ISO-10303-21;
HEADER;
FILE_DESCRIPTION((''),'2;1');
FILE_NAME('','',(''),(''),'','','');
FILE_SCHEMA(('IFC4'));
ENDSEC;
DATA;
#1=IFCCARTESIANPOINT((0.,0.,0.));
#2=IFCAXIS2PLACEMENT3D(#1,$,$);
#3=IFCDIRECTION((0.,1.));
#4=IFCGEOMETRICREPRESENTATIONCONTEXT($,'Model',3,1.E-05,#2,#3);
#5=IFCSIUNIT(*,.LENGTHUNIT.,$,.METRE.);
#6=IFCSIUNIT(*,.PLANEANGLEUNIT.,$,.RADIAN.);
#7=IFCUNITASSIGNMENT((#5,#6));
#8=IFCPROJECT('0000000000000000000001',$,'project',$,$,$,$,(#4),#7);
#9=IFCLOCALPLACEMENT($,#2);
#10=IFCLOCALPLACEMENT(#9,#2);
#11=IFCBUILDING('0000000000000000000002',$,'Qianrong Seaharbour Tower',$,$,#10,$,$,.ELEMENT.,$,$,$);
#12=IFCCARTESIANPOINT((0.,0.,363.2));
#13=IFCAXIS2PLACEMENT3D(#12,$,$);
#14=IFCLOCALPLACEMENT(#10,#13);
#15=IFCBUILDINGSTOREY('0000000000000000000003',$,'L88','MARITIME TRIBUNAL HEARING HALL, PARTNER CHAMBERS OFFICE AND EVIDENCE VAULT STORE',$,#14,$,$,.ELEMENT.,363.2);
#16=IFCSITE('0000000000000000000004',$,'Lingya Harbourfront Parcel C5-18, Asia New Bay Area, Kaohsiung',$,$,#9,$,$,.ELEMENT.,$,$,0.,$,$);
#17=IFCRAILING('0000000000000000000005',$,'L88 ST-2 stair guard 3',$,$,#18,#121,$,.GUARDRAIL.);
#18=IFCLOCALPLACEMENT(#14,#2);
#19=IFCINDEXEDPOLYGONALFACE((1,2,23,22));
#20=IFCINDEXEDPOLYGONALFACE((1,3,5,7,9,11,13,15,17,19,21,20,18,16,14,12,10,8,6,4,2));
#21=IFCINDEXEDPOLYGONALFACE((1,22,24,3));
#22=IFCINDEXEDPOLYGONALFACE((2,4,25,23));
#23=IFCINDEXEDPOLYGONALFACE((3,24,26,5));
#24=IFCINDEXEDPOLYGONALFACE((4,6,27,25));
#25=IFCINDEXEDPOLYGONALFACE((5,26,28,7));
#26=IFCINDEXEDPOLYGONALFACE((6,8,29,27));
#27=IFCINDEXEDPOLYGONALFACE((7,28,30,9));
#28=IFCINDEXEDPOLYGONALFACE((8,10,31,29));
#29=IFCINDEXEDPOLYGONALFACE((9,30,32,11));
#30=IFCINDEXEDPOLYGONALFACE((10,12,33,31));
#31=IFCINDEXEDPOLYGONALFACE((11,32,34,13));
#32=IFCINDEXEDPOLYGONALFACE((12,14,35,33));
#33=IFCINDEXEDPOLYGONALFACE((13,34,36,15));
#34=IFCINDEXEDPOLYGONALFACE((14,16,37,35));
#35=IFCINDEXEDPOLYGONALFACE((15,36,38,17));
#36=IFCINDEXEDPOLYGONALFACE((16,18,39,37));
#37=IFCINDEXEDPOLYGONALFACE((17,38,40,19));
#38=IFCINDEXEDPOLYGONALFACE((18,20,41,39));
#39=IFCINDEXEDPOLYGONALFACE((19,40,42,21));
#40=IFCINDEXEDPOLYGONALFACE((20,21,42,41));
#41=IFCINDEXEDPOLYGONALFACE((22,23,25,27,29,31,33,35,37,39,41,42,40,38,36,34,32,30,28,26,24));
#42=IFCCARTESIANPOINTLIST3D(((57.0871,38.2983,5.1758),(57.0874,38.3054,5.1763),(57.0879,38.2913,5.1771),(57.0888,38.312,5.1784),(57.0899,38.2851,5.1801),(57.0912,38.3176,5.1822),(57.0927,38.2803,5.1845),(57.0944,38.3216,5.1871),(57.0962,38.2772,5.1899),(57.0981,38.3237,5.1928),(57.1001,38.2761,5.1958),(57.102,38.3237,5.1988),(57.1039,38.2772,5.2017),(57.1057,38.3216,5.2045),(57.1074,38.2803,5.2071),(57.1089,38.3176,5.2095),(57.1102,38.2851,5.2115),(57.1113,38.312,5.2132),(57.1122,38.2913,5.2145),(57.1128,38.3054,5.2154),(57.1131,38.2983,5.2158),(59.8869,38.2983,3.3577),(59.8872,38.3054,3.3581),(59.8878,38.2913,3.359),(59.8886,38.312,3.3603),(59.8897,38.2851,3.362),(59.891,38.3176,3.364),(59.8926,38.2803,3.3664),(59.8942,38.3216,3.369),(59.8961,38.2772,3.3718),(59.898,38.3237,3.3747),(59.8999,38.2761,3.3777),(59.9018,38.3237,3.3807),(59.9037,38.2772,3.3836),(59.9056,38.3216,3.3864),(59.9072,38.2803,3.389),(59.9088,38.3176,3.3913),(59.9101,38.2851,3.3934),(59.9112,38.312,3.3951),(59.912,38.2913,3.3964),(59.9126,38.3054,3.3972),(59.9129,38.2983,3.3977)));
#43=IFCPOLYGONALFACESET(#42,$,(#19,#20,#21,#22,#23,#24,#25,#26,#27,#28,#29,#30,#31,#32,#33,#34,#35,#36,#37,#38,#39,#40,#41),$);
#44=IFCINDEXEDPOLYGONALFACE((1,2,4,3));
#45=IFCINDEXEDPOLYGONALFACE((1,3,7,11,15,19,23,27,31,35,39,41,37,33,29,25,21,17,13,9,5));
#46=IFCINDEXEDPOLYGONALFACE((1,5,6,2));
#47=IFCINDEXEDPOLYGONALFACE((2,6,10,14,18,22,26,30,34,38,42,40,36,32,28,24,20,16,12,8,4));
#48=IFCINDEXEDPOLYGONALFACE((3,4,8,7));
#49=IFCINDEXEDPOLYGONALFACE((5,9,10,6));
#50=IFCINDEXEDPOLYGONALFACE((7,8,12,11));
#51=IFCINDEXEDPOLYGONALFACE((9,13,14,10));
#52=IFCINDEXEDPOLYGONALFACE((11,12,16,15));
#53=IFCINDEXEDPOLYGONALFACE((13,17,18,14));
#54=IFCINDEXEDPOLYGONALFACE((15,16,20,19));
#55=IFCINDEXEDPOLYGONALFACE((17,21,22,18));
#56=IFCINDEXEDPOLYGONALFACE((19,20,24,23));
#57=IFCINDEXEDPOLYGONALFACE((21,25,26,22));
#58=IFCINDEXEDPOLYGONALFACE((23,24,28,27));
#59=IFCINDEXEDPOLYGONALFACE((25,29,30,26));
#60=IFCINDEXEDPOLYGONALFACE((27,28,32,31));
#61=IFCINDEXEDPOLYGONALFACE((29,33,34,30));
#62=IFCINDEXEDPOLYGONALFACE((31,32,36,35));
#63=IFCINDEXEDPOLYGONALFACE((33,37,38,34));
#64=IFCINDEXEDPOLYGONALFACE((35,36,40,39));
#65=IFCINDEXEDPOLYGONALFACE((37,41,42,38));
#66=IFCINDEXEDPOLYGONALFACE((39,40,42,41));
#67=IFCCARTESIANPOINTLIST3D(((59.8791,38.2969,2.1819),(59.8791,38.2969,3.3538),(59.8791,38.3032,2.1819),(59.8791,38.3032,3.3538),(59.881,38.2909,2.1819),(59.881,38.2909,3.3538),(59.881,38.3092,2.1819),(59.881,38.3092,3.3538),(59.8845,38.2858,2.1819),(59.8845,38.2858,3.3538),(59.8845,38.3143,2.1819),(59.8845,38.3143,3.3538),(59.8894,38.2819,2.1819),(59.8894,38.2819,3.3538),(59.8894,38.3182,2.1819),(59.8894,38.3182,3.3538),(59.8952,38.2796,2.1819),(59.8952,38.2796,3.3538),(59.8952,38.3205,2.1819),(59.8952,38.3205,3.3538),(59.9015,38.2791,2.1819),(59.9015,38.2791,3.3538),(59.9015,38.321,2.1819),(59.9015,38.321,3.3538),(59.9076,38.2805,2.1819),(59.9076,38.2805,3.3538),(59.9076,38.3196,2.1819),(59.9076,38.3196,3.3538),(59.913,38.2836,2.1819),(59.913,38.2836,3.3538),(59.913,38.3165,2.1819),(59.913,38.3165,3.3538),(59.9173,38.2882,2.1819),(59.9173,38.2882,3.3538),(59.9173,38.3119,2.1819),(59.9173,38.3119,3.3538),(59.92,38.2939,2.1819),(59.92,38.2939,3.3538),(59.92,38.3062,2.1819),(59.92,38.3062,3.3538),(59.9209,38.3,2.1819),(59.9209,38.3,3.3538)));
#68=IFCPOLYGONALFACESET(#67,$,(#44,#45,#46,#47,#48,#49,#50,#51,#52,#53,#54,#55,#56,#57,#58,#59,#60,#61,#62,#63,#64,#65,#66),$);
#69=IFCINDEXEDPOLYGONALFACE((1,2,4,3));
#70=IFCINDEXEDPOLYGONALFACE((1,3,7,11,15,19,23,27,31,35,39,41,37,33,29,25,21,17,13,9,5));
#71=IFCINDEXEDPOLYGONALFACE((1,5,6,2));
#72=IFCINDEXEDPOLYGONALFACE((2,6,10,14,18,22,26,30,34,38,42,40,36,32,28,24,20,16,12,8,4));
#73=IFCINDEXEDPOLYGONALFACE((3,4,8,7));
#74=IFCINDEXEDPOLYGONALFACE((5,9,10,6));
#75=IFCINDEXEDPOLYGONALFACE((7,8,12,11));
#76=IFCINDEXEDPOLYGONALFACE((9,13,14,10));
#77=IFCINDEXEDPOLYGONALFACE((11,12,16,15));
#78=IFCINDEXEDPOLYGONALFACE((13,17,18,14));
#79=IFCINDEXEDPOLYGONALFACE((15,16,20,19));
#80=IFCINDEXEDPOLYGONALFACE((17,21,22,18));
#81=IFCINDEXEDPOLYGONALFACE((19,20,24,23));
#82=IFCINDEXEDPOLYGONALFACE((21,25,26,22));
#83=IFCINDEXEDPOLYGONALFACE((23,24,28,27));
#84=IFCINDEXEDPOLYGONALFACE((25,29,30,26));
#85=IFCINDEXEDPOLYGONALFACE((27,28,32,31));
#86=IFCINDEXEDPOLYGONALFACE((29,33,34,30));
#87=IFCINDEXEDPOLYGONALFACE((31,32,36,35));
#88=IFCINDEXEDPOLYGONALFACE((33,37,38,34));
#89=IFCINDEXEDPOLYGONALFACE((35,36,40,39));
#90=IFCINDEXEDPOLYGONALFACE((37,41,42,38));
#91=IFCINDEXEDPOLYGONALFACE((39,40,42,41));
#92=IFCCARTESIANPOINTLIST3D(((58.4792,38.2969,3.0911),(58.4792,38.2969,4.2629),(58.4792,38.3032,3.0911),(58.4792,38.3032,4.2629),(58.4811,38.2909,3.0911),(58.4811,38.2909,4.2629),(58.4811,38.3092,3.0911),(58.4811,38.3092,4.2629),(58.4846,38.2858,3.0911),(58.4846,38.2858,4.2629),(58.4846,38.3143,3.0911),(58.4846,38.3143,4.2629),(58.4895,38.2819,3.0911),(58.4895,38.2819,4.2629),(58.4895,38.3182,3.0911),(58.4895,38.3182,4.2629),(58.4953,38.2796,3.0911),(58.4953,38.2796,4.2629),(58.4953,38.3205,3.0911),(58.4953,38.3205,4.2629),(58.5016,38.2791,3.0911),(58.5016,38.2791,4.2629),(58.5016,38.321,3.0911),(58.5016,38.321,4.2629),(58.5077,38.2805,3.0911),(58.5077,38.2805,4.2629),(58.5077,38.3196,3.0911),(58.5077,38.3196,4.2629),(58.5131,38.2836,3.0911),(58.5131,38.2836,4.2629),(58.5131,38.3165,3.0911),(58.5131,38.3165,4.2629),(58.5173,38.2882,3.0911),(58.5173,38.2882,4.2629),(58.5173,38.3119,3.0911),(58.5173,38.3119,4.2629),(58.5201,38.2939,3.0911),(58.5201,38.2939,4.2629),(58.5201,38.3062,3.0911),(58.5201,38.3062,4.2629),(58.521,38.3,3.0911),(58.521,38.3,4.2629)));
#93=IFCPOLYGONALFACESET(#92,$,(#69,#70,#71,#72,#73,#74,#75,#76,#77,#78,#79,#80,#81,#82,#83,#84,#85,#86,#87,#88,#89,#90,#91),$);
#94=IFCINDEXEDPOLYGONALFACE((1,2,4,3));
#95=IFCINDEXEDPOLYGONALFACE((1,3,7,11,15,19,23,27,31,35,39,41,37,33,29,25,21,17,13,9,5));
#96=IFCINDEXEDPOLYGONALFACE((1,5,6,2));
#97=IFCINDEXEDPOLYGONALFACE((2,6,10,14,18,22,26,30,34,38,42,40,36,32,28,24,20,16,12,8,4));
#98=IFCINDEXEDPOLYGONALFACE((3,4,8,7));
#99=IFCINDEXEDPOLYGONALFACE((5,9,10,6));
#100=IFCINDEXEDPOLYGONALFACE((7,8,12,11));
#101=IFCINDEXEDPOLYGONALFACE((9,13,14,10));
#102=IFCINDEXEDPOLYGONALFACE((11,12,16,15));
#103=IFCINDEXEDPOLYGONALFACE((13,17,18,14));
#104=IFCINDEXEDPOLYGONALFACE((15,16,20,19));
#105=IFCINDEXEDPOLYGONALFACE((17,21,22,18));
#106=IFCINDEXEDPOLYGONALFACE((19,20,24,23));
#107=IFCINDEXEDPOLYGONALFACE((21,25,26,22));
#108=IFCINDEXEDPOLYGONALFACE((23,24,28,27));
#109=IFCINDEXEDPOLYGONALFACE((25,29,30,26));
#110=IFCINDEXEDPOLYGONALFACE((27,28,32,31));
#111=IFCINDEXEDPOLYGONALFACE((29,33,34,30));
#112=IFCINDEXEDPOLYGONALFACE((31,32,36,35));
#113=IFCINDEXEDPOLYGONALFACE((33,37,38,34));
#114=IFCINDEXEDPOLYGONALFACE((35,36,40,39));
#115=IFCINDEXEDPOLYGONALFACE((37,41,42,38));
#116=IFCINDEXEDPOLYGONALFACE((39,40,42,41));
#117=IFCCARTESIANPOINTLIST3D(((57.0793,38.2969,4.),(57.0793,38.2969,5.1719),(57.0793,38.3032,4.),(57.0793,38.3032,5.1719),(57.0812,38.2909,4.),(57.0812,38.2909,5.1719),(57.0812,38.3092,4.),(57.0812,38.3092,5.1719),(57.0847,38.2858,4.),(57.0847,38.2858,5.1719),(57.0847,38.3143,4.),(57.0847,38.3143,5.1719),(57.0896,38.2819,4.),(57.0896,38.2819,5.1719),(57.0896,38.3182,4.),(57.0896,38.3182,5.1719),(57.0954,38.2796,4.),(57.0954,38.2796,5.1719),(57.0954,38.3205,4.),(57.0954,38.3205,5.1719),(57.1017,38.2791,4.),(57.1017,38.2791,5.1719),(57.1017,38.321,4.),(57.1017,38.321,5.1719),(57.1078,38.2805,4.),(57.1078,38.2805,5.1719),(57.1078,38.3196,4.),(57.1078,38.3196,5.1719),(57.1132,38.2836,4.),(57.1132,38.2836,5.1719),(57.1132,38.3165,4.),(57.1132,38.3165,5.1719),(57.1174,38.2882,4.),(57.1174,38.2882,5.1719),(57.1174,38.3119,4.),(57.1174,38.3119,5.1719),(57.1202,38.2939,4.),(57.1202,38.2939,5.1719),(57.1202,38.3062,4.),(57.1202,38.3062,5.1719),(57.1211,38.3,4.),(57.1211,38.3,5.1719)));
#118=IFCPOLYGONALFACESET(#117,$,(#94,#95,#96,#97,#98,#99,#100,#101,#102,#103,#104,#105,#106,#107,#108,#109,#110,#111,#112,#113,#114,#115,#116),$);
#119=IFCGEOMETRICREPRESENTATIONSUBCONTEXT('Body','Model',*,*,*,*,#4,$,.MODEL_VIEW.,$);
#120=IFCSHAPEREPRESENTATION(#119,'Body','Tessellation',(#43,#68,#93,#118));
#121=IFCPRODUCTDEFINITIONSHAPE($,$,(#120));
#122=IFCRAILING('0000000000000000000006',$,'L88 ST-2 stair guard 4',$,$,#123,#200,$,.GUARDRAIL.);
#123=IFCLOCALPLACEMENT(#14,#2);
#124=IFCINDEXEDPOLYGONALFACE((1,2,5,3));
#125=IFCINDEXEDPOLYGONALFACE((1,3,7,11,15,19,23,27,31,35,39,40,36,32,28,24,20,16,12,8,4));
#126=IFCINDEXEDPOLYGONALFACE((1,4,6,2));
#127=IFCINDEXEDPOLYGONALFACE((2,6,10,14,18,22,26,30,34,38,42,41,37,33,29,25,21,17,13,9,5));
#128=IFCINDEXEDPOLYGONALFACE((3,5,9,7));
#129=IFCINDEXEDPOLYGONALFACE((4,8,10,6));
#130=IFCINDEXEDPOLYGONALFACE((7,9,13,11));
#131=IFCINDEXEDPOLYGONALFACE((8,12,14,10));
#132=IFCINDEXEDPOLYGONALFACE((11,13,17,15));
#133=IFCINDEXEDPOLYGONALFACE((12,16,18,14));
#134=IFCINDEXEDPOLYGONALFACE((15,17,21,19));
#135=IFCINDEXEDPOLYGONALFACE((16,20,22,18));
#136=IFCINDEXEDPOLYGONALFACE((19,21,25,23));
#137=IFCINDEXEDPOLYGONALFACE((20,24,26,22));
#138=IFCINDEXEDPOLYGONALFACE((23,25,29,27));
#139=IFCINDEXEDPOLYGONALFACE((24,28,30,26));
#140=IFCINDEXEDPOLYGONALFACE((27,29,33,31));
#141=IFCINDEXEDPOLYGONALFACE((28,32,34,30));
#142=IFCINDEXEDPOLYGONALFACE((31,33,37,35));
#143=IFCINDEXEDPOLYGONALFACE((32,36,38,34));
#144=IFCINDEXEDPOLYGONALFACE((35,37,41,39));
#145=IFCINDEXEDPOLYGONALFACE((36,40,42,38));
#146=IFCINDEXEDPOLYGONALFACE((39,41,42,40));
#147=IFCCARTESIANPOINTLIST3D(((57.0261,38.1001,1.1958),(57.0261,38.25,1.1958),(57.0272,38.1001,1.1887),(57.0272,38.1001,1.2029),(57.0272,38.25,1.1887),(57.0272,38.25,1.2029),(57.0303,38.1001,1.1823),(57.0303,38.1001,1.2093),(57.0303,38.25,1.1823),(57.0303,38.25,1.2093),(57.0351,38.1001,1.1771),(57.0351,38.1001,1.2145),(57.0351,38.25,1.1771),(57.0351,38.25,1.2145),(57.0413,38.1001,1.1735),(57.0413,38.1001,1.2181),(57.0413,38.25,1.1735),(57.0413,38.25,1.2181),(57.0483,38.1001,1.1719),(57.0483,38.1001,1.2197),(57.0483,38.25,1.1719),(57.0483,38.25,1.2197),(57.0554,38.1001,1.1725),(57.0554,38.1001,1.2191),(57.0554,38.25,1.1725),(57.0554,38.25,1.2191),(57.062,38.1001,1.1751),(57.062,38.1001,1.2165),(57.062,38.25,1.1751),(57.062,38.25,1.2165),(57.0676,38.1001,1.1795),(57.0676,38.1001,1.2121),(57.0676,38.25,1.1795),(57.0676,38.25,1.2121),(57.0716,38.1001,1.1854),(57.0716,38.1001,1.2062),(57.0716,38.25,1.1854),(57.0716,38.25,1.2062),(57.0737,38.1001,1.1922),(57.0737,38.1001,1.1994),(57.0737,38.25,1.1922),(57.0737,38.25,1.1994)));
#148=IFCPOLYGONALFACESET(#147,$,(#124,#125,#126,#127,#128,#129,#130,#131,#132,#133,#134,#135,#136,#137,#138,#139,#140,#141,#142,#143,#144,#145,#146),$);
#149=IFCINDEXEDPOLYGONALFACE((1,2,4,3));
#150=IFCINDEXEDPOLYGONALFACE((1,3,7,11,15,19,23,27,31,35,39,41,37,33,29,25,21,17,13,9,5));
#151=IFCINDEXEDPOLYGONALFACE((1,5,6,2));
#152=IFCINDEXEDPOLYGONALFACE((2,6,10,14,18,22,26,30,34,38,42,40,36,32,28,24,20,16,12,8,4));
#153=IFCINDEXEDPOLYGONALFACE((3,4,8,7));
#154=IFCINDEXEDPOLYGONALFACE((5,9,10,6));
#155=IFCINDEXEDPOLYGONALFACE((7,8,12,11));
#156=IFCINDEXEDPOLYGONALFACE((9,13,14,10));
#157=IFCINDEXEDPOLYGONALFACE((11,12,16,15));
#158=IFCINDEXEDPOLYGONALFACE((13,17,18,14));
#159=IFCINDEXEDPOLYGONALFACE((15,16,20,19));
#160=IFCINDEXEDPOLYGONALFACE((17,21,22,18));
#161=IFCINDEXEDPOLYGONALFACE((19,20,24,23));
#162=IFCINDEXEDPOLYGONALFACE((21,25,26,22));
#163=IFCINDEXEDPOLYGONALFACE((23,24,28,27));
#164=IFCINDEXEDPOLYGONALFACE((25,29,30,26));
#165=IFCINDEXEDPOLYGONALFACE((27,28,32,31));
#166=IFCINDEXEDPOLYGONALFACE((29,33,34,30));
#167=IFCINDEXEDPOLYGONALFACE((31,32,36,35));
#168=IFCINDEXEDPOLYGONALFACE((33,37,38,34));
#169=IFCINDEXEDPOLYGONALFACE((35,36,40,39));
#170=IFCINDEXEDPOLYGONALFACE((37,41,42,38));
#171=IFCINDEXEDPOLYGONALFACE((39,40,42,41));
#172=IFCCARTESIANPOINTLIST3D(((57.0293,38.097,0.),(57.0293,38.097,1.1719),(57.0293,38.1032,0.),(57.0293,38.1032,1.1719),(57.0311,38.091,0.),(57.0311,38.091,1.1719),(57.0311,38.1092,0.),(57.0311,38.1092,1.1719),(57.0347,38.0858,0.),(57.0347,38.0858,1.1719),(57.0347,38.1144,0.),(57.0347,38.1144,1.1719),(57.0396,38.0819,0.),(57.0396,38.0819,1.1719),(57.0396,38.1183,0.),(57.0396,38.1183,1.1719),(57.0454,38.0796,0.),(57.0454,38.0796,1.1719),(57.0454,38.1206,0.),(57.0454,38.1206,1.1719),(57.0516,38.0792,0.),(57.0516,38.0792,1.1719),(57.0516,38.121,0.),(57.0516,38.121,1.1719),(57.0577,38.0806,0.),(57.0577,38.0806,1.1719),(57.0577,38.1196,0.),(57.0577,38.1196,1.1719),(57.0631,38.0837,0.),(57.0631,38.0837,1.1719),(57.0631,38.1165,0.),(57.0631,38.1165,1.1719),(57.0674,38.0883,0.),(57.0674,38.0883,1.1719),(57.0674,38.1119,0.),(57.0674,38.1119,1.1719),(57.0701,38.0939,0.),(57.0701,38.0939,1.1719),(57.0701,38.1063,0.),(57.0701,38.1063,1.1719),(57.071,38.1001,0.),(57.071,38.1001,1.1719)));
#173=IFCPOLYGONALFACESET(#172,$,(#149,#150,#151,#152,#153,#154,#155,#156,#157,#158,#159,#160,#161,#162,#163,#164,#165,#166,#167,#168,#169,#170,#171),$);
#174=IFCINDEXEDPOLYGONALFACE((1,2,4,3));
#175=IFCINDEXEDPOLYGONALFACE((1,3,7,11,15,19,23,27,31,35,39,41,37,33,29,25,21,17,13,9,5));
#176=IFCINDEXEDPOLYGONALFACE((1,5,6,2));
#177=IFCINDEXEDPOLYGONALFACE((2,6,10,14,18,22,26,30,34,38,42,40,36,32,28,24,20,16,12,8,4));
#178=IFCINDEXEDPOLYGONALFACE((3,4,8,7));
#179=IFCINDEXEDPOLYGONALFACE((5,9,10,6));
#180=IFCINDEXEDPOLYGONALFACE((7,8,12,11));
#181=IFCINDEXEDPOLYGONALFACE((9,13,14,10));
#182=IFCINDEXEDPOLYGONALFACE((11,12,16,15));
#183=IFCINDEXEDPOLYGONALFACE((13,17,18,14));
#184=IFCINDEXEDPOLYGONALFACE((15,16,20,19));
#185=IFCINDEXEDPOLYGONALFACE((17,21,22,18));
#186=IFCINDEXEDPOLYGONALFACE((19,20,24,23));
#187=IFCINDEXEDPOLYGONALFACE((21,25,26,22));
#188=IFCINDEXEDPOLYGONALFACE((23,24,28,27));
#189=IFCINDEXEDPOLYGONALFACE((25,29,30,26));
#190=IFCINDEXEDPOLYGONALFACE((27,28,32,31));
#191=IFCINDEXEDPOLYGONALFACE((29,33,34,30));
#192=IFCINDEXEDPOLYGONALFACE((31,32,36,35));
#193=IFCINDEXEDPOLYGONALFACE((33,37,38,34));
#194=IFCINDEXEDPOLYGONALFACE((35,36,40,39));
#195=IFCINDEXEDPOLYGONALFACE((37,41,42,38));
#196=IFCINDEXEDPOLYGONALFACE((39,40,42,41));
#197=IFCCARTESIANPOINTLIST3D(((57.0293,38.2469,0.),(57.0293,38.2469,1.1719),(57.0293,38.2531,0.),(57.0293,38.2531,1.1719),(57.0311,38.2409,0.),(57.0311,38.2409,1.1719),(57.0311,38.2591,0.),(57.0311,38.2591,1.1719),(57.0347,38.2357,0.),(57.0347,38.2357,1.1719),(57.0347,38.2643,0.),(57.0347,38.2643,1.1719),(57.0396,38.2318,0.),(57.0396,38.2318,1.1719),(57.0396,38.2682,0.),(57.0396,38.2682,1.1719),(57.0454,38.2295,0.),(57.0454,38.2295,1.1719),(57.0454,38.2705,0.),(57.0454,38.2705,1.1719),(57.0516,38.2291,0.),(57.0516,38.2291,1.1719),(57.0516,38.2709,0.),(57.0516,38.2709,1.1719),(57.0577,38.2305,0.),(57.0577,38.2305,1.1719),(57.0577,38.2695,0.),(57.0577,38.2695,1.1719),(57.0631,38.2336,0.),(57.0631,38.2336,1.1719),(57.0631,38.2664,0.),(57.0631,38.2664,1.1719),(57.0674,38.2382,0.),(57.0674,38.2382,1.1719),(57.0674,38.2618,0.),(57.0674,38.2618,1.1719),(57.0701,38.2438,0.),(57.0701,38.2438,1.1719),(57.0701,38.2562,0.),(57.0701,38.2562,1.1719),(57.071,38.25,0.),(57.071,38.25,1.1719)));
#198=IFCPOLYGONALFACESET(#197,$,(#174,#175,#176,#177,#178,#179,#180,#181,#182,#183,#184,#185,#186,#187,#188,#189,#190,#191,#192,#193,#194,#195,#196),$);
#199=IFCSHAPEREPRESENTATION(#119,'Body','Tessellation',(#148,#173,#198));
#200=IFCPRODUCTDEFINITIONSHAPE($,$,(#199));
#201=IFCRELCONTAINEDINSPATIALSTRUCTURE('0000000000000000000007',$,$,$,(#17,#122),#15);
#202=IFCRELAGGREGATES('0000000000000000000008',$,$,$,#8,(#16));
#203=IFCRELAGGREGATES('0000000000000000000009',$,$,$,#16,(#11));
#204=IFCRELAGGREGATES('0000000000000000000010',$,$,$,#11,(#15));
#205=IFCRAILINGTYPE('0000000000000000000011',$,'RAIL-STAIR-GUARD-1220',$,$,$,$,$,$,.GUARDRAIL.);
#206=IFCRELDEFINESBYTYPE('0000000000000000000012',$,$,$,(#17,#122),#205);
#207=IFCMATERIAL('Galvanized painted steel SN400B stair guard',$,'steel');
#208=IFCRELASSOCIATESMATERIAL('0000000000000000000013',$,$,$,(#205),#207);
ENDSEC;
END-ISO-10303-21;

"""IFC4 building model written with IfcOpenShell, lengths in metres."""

from ifc_helpers import new_model, si_unit, direction, frame, origin, origin_2d, place, context, subcontext, project, spatial, circle, extrude, material, type_object, element, save


model = new_model("IFC4")

# Units and contexts
model_context = context("Model", 3, precision=1e-05, world=origin(), true_north=direction((0.0, 1.0)))
body_context = subcontext(model_context, "Body", "Model", "MODEL_VIEW")
ifc_project = project(units=[si_unit("LENGTHUNIT", "METRE"), si_unit("PLANEANGLEUNIT", "RADIAN")], contexts=[model_context])

# Site, building, storey
site_placement = place(None, origin())
site = spatial("IfcSite", under=ifc_project, at=site_placement, Name="Lingya Harbourfront Parcel C5-18, Asia New Bay Area, Kaohsiung", CompositionType="ELEMENT", RefElevation=0.0)
building_placement = place(site_placement, origin())
building = spatial("IfcBuilding", under=site, at=building_placement, Name="Qianrong Seaharbour Tower", CompositionType="ELEMENT")
storey_placement = place(building_placement, frame((0.0, 0.0, 363.2)))
storey = spatial("IfcBuildingStorey", under=building, at=storey_placement, Name="L88", Description="MARITIME TRIBUNAL HEARING HALL, PARTNER CHAMBERS OFFICE AND EVIDENCE VAULT STORE", CompositionType="ELEMENT", Elevation=363.2)

# Railings
ifc_material_1 = material(Name="Galvanized painted steel SN400B stair guard", Category="steel")
railing_type_1 = type_object("IfcRailingType", Name="RAIL-STAIR-GUARD-1220", PredefinedType="GUARDRAIL", material=ifc_material_1)
railing_1_placement = place(storey_placement, frame((59.8999, 38.3, 2.1819)))
element("IfcRailing", 1, at=railing_1_placement, inside=storey, type_object=railing_type_1, Name="L88 ST-2 stair guard 3", PredefinedType="GUARDRAIL", context=body_context, shape_type="SweptSolid", body=[
    extrude(circle(Radius=0.0239, at=origin_2d()), frame((0.0, 0.0, 1.1958), z_axis=(-0.838684, 0.0, 0.544618), x_axis=(0.0, -1.0, 0.0)), (0.0, 0.0, 1.0), 3.3384),
    extrude(circle(Radius=0.021, at=origin_2d()), origin(), (0.0, 0.0, 1.0), 1.1719),
    extrude(circle(Radius=0.021, at=origin_2d()), frame((-1.3999, 0.0, 0.9092)), (0.0, 0.0, 1.0), 1.1719),
    extrude(circle(Radius=0.021, at=origin_2d()), frame((-2.7998, 0.0, 1.8181)), (0.0, 0.0, 1.0), 1.1719),
])
railing_2_placement = place(storey_placement, frame((57.05, 38.1001, 0.0)))
element("IfcRailing", 2, at=railing_2_placement, inside=storey, type_object=railing_type_1, Name="L88 ST-2 stair guard 4", PredefinedType="GUARDRAIL", context=body_context, shape_type="SweptSolid", body=[
    extrude(circle(Radius=0.0239, at=origin_2d()), frame((0.0, 0.0, 1.1958), z_axis=(0.0, 1.0, 0.0), x_axis=(-1.0, 0.0, 0.0)), (0.0, 0.0, 1.0), 0.1499),
    extrude(circle(Radius=0.021, at=origin_2d()), origin(), (0.0, 0.0, 1.0), 1.1719),
    extrude(circle(Radius=0.021, at=origin_2d()), frame((0.0, 0.1499, 0.0)), (0.0, 0.0, 1.0), 1.1719),
])

save(model, "model.ifc")
